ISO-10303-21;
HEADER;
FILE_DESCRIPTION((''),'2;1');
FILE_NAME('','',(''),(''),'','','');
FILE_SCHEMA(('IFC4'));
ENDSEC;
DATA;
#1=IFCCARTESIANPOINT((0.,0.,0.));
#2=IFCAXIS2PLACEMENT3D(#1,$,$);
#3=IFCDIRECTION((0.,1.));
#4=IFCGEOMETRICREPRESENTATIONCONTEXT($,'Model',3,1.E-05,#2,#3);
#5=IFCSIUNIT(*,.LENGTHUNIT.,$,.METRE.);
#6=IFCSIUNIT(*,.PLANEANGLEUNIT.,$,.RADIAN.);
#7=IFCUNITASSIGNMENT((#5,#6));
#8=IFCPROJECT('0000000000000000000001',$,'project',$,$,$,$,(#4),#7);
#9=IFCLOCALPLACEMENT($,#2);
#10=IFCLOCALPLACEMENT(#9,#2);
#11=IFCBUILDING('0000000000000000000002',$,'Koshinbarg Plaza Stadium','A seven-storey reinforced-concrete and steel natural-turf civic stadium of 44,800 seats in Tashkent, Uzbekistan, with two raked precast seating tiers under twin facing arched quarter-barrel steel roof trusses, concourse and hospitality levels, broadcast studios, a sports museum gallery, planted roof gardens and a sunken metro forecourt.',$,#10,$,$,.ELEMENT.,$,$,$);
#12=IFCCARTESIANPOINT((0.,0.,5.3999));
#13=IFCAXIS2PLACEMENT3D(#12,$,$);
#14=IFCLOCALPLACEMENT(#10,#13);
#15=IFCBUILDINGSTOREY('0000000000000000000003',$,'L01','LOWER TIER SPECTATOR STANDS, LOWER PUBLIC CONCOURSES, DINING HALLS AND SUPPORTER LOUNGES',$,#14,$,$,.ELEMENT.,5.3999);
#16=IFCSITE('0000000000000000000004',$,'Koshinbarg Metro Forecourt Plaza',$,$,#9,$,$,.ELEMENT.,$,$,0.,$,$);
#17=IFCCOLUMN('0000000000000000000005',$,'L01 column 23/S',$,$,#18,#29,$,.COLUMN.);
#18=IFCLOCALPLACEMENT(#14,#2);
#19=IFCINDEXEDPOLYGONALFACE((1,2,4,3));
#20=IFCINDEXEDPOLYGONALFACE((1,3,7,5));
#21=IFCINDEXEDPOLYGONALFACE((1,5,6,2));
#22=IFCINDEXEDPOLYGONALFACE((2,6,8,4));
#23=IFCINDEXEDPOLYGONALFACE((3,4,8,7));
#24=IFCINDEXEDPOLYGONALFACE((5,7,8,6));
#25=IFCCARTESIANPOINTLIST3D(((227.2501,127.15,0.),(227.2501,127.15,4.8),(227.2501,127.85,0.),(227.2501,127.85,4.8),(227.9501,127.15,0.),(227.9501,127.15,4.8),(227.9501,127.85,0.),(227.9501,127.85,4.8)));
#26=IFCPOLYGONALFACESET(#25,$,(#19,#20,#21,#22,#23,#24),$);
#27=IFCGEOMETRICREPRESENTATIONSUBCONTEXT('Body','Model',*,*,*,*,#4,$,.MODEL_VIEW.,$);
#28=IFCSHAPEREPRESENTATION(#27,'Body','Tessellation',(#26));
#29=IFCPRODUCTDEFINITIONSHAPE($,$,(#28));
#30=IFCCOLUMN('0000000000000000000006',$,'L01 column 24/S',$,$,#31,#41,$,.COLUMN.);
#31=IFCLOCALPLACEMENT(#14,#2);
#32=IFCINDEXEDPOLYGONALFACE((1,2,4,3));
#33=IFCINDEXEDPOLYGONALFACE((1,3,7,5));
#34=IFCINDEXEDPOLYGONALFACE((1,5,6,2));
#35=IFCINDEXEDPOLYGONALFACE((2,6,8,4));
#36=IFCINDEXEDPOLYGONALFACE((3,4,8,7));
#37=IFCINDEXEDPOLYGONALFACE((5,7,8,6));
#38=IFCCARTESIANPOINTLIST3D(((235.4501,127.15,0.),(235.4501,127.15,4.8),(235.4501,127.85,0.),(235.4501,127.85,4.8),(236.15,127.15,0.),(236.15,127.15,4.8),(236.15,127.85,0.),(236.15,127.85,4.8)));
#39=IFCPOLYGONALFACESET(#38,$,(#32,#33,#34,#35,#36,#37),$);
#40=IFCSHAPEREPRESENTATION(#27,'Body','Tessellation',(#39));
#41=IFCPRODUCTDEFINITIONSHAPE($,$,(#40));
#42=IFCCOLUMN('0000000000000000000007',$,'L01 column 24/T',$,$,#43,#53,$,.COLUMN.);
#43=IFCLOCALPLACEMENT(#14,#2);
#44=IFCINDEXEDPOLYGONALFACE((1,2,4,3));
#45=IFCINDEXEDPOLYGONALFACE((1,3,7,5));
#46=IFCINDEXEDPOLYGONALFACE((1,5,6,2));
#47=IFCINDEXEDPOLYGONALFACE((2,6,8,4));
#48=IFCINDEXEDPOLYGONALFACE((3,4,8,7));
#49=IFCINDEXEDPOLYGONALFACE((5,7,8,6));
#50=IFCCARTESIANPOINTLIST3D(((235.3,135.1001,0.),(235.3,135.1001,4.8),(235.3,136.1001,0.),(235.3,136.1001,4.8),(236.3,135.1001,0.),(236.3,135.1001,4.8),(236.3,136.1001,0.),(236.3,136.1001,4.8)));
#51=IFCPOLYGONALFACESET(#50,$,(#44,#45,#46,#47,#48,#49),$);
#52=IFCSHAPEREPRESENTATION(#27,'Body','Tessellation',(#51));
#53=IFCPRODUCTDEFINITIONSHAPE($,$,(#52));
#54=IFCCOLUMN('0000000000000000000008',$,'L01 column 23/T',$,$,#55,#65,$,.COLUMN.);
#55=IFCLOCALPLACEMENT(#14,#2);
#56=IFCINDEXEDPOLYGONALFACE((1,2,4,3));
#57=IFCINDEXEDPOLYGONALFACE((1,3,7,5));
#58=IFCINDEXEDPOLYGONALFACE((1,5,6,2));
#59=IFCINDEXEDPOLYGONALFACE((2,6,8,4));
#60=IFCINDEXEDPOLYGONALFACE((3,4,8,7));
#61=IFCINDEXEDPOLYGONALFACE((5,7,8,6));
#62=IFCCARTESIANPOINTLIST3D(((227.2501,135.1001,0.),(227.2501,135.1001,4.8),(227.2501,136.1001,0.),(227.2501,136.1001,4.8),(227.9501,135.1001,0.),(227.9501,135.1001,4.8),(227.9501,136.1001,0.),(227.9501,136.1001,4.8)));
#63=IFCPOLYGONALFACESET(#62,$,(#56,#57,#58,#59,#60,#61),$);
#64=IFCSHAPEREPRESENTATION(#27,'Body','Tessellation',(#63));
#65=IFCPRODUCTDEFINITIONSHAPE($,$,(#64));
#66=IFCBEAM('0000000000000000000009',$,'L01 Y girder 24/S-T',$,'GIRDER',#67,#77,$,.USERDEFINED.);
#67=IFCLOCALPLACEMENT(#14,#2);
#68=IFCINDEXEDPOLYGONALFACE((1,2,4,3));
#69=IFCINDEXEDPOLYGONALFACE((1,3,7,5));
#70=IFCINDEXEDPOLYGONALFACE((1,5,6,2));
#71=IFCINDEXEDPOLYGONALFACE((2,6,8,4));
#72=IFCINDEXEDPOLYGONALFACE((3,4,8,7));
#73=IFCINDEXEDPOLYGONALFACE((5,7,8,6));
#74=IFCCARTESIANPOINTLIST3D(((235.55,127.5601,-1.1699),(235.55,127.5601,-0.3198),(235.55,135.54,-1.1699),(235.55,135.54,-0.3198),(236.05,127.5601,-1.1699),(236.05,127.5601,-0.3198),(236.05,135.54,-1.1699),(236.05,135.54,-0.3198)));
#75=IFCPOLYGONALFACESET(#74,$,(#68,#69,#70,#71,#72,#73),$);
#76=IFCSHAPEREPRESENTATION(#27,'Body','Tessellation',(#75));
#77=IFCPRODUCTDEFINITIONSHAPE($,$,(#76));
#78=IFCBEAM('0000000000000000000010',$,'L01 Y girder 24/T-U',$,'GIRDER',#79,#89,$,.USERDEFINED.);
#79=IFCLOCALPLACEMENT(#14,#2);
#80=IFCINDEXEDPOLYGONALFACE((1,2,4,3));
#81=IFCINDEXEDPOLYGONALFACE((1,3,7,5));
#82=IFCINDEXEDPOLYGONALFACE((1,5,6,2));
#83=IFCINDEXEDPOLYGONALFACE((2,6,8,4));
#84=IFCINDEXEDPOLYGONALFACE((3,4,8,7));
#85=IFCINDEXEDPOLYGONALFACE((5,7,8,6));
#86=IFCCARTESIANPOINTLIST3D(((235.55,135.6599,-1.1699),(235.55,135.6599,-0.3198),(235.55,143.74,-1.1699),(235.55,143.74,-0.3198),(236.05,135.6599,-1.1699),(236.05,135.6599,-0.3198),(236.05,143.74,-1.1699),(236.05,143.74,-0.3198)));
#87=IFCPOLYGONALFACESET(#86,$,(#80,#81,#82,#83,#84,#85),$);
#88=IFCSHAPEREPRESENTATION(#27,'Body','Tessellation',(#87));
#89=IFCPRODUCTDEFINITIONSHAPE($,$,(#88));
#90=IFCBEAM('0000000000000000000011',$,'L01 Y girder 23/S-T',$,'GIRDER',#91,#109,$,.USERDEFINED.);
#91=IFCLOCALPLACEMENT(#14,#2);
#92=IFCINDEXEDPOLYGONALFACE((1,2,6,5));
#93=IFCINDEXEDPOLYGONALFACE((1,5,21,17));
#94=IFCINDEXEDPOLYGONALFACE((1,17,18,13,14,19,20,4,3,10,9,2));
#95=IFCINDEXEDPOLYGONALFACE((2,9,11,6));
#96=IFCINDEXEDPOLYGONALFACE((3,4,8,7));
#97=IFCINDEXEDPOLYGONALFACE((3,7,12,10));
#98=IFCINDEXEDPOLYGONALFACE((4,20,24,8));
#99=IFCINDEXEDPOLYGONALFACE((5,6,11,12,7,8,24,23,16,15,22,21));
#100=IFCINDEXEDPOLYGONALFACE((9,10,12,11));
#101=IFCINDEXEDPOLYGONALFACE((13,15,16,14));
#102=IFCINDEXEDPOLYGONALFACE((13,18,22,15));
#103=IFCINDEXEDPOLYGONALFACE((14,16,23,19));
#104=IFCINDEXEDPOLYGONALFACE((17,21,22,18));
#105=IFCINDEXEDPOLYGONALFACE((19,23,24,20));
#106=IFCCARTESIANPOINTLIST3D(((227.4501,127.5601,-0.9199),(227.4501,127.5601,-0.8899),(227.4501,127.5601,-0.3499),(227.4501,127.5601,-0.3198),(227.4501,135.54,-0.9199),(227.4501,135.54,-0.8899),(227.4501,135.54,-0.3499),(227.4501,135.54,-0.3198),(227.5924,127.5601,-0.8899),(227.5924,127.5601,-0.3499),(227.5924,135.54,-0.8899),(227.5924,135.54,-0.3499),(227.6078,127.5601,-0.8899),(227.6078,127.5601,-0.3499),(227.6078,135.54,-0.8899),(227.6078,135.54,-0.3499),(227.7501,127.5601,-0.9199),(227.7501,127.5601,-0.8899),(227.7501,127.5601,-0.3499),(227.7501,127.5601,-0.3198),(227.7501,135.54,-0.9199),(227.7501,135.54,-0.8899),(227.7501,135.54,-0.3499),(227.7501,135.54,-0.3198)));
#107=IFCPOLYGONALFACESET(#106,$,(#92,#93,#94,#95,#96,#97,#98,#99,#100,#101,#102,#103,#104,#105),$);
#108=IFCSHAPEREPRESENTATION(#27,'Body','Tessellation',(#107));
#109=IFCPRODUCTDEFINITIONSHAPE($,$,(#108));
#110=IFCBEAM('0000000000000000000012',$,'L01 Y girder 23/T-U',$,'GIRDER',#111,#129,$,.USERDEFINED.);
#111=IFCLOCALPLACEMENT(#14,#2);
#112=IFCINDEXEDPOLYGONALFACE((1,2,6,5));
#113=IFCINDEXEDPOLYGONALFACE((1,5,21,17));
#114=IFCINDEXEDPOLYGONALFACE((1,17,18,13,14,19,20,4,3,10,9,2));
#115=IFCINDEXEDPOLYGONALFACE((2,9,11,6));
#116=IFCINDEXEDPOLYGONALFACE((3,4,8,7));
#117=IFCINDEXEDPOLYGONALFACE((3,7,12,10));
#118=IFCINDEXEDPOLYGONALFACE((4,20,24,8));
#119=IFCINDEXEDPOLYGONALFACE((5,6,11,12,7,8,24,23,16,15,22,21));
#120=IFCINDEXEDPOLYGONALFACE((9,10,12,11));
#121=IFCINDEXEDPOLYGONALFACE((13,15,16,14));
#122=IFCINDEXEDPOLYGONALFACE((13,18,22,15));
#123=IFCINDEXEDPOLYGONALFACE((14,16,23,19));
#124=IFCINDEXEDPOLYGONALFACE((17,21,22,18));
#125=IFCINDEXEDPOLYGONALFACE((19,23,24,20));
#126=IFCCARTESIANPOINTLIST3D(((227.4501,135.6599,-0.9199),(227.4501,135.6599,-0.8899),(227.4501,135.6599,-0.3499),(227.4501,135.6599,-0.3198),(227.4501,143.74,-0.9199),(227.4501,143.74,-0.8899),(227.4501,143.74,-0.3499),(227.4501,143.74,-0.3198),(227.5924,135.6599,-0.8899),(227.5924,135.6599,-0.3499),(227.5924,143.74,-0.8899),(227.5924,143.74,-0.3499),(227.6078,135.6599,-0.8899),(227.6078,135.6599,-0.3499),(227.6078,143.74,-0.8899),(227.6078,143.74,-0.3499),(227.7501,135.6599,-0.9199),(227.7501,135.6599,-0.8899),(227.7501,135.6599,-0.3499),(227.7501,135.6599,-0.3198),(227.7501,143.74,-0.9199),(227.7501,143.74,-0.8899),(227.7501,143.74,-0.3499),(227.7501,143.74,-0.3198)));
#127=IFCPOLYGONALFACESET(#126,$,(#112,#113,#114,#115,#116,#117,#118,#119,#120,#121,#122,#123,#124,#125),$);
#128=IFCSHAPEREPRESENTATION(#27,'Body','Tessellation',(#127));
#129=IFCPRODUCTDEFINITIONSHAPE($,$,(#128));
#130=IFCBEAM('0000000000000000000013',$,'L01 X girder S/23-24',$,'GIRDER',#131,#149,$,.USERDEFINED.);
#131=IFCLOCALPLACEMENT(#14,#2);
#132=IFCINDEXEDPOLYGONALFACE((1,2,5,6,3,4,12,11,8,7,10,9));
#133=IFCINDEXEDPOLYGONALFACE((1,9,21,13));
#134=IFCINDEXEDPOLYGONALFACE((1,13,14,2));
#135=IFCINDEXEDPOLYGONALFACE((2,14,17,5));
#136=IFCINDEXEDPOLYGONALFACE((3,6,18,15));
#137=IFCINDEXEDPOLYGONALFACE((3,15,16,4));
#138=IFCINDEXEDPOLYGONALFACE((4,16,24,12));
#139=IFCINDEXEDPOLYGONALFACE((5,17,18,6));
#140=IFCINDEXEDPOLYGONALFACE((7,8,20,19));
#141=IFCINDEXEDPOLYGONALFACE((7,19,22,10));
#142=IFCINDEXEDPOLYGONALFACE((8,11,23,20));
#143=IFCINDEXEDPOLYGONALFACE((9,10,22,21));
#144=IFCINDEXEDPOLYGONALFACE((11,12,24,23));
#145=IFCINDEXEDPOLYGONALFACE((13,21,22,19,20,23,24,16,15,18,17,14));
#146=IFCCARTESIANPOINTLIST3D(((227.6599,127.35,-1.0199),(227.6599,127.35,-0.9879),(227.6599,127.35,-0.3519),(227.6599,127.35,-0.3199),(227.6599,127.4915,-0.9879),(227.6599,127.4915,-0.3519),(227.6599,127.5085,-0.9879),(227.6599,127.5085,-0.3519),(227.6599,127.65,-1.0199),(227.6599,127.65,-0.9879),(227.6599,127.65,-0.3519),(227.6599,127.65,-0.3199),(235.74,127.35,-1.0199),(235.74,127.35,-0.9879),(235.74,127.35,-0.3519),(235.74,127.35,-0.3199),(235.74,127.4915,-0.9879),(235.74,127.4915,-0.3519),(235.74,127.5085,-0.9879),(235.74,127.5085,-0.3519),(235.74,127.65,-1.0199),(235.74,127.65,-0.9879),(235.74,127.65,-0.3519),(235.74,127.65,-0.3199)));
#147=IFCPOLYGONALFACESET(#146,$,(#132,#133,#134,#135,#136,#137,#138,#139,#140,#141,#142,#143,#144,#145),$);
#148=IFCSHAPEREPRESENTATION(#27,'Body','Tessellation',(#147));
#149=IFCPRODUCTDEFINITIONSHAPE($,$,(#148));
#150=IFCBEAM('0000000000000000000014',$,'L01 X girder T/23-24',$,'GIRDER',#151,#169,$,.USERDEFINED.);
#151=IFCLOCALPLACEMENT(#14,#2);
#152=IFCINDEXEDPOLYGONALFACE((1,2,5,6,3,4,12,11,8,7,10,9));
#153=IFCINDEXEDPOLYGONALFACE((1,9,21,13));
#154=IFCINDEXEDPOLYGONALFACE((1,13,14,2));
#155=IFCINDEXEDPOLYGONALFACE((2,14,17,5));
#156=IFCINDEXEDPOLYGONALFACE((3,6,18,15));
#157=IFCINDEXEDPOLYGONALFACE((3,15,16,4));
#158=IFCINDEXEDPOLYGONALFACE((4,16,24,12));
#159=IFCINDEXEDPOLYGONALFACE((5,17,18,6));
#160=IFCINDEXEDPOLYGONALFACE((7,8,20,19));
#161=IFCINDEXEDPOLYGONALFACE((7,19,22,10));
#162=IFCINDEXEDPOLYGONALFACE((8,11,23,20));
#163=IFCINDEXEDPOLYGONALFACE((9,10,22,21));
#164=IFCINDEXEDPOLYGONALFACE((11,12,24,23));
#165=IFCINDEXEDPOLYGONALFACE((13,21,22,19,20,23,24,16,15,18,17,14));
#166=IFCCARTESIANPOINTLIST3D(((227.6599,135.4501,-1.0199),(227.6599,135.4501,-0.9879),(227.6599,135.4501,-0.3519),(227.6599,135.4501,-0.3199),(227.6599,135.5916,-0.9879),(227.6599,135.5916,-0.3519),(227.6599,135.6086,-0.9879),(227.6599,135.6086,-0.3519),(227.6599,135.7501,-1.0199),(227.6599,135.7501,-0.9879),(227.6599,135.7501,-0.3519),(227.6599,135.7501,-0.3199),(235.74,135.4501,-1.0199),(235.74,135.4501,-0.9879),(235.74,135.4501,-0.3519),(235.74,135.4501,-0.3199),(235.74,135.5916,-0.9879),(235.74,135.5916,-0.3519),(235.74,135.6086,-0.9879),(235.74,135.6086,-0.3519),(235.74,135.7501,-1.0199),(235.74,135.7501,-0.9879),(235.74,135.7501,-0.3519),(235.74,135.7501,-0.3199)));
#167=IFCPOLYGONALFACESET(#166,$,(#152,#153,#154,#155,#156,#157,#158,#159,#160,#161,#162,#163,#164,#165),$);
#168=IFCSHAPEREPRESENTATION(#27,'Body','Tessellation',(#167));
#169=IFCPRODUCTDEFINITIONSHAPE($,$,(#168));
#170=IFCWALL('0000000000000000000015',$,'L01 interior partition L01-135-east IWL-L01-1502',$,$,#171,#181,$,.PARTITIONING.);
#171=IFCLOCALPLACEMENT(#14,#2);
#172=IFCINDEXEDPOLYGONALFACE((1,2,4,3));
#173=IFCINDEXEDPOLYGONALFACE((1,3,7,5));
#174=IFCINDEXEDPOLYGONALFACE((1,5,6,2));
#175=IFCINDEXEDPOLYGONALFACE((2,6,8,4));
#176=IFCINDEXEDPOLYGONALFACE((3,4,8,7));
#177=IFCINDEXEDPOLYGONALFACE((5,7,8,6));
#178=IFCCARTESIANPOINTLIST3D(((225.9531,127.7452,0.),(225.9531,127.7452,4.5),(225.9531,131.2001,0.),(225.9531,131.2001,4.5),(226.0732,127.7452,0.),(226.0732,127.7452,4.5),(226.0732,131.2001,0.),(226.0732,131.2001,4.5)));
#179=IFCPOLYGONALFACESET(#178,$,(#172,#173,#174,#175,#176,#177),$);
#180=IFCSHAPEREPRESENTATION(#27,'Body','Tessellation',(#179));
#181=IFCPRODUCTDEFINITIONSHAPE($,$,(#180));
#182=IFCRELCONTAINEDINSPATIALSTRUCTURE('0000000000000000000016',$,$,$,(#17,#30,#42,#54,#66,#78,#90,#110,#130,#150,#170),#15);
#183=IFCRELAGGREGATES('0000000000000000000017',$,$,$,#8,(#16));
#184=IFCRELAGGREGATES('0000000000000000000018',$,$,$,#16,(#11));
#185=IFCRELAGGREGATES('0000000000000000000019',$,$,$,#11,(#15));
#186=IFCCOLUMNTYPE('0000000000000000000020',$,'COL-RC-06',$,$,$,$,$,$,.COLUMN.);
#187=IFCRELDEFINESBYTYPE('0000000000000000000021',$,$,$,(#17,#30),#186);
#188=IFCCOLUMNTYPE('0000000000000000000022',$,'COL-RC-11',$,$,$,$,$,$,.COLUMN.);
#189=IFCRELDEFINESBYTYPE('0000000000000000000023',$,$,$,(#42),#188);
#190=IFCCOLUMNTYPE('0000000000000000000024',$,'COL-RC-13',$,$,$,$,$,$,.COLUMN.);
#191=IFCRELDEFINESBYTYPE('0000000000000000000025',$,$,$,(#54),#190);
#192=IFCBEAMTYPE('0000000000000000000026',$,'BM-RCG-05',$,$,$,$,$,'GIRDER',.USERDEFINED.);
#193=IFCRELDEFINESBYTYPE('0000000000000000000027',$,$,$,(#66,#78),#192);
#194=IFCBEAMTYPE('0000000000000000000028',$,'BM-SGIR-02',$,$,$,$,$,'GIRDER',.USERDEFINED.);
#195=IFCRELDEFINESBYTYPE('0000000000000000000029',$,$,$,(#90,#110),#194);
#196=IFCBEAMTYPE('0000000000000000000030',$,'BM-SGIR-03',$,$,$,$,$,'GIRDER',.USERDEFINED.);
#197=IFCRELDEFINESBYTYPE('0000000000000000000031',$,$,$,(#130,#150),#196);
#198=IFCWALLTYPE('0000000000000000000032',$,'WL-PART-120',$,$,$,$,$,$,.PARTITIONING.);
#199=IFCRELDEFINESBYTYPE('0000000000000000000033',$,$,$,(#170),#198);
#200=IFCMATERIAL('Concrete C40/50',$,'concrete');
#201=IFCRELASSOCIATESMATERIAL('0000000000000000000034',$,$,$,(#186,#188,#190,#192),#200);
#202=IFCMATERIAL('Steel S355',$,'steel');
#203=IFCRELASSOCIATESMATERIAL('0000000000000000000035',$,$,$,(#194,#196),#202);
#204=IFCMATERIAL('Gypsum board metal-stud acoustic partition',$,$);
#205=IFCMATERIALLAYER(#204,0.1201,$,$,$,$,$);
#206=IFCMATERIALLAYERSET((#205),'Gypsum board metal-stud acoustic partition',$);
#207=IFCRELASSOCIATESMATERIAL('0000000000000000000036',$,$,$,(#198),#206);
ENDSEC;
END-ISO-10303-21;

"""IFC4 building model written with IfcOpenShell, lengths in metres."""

from ifc_helpers import new_model, si_unit, direction, frame, frame_2d, origin, origin_2d, place, context, subcontext, project, spatial, rectangle, i_section, extrude, material, layer, layer_set, material_profile, profile_set, type_object, element, save


model = new_model("IFC4")

# Units and contexts
model_context = context("Model", 3, precision=1e-05, world=origin(), true_north=direction((0.0, 1.0)))
body_context = subcontext(model_context, "Body", "Model", "MODEL_VIEW")
ifc_project = project(units=[si_unit("LENGTHUNIT", "METRE"), si_unit("PLANEANGLEUNIT", "RADIAN")], contexts=[model_context])

# Site, building, storey
site_placement = place(None, origin())
site = spatial("IfcSite", under=ifc_project, at=site_placement, Name="Koshinbarg Metro Forecourt Plaza", CompositionType="ELEMENT", RefElevation=0.0)
building_placement = place(site_placement, origin())
building = spatial("IfcBuilding", under=site, at=building_placement, Name="Koshinbarg Plaza Stadium", Description="A seven-storey reinforced-concrete and steel natural-turf civic stadium of 44,800 seats in Tashkent, Uzbekistan, with two raked precast seating tiers under twin facing arched quarter-barrel steel roof trusses, concourse and hospitality levels, broadcast studios, a sports museum gallery, planted roof gardens and a sunken metro forecourt.", CompositionType="ELEMENT")
storey_placement = place(building_placement, frame((0.0, 0.0, 5.3999)))
storey = spatial("IfcBuildingStorey", under=building, at=storey_placement, Name="L01", Description="LOWER TIER SPECTATOR STANDS, LOWER PUBLIC CONCOURSES, DINING HALLS AND SUPPORTER LOUNGES", CompositionType="ELEMENT", Elevation=5.3999)

# Columns
ifc_material_1 = material(Name="Concrete C40/50", Category="concrete")
ifc_material_profile_1 = material_profile(ifc_material_1, rectangle(XDim=0.7, YDim=0.7, at=origin_2d()), Name="RC 700x700")
ifc_profile_set_1 = profile_set([ifc_material_profile_1], Name="Concrete C40/50")
column_type_1 = type_object("IfcColumnType", Name="COL-RC-06", PredefinedType="COLUMN", material=ifc_profile_set_1)
for number, where, z_axis, x_axis, name in (
    (1, (227.6001, 127.5, 0.0), (0.0, 0.0, 1.0), (1.0, 0.0, 0.0), "L01 column 23/S"),
    (2, (235.8, 127.5, 0.0), (0.0, 0.0, 1.0), (1.0, 0.0, 0.0), "L01 column 24/S"),
):
    element("IfcColumn", number, at=place(storey_placement, frame(where, z_axis=z_axis, x_axis=x_axis)), inside=storey, type_object=column_type_1, Name=name, PredefinedType="COLUMN", context=body_context, shape_type="SweptSolid", body=[
        extrude(rectangle(XDim=0.7, YDim=0.7, at=origin_2d()), origin(), (0.0, 0.0, 1.0), 4.8),
    ])
ifc_material_profile_2 = material_profile(ifc_material_1, rectangle(XDim=1.0, YDim=1.0, at=origin_2d()), Name="RC 1000x1000")
ifc_profile_set_2 = profile_set([ifc_material_profile_2], Name="Concrete C40/50")
column_type_2 = type_object("IfcColumnType", Name="COL-RC-11", PredefinedType="COLUMN", material=ifc_profile_set_2)
column_1_placement = place(storey_placement, frame((235.8, 135.6001, 0.0), z_axis=(0.0, 0.0, 1.0), x_axis=(1.0, 0.0, 0.0)))
element("IfcColumn", 3, at=column_1_placement, inside=storey, type_object=column_type_2, Name="L01 column 24/T", PredefinedType="COLUMN", context=body_context, shape_type="SweptSolid", body=[
    extrude(rectangle(XDim=1.0, YDim=1.0, at=origin_2d()), origin(), (0.0, 0.0, 1.0), 4.8),
])
ifc_material_profile_3 = material_profile(ifc_material_1, rectangle(XDim=0.7, YDim=1.0, at=origin_2d()), Name="RC 700x1000")
ifc_profile_set_3 = profile_set([ifc_material_profile_3], Name="Concrete C40/50")
column_type_3 = type_object("IfcColumnType", Name="COL-RC-13", PredefinedType="COLUMN", material=ifc_profile_set_3)
column_2_placement = place(storey_placement, frame((227.6001, 135.6001, 0.0), z_axis=(0.0, 0.0, 1.0), x_axis=(1.0, 0.0, 0.0)))
element("IfcColumn", 4, at=column_2_placement, inside=storey, type_object=column_type_3, Name="L01 column 23/T", PredefinedType="COLUMN", context=body_context, shape_type="SweptSolid", body=[
    extrude(rectangle(XDim=0.7, YDim=1.0, at=origin_2d()), origin(), (0.0, 0.0, 1.0), 4.8),
])

# Beams
ifc_material_profile_4 = material_profile(ifc_material_1, rectangle(XDim=0.5, YDim=0.8501, at=origin_2d()), Name="RC 500x850")
ifc_profile_set_4 = profile_set([ifc_material_profile_4], Name="Concrete C40/50")
beam_type_1 = type_object("IfcBeamType", Name="BM-RCG-05", ElementType="GIRDER", PredefinedType="USERDEFINED", material=ifc_profile_set_4)
beam_1_placement = place(storey_placement, frame((235.8, 127.5601, -0.7449), z_axis=(0.0, 1.0, 0.0), x_axis=(-1.0, 0.0, 0.0)))
element("IfcBeam", 5, at=beam_1_placement, inside=storey, type_object=beam_type_1, Name="L01 Y girder 24/S-T", ObjectType="GIRDER", PredefinedType="USERDEFINED", context=body_context, shape_type="SweptSolid", body=[
    extrude(rectangle(XDim=0.5, YDim=0.8501, at=origin_2d()), origin(), (0.0, 0.0, 1.0), 7.98),
])
beam_2_placement = place(storey_placement, frame((235.8, 135.6599, -0.7449), z_axis=(0.0, 1.0, 0.0), x_axis=(-1.0, 0.0, 0.0)))
element("IfcBeam", 6, at=beam_2_placement, inside=storey, type_object=beam_type_1, Name="L01 Y girder 24/T-U", ObjectType="GIRDER", PredefinedType="USERDEFINED", context=body_context, shape_type="SweptSolid", body=[
    extrude(rectangle(XDim=0.5, YDim=0.8501, at=origin_2d()), origin(), (0.0, 0.0, 1.0), 8.0801),
])
ifc_material_2 = material(Name="Steel S355", Category="steel")
ifc_material_profile_5 = material_profile(ifc_material_2, i_section(OverallWidth=0.3, OverallDepth=0.6001, WebThickness=0.0154, FlangeThickness=0.03, at=origin_2d()), Name="HEB 600")
ifc_profile_set_5 = profile_set([ifc_material_profile_5], Name="Steel S355")
beam_type_2 = type_object("IfcBeamType", Name="BM-SGIR-02", ElementType="GIRDER", PredefinedType="USERDEFINED", material=ifc_profile_set_5)
beam_3_placement = place(storey_placement, frame((227.6001, 127.5601, -0.6199), z_axis=(0.0, 1.0, 0.0), x_axis=(-1.0, 0.0, 0.0)))
element("IfcBeam", 7, at=beam_3_placement, inside=storey, type_object=beam_type_2, Name="L01 Y girder 23/S-T", ObjectType="GIRDER", PredefinedType="USERDEFINED", context=body_context, shape_type="SweptSolid", body=[
    extrude(i_section(OverallWidth=0.3, OverallDepth=0.6001, WebThickness=0.0154, FlangeThickness=0.03, at=origin_2d()), origin(), (0.0, 0.0, 1.0), 7.98),
])
beam_4_placement = place(storey_placement, frame((227.6001, 135.6599, -0.6199), z_axis=(0.0, 1.0, 0.0), x_axis=(-1.0, 0.0, 0.0)))
element("IfcBeam", 8, at=beam_4_placement, inside=storey, type_object=beam_type_2, Name="L01 Y girder 23/T-U", ObjectType="GIRDER", PredefinedType="USERDEFINED", context=body_context, shape_type="SweptSolid", body=[
    extrude(i_section(OverallWidth=0.3, OverallDepth=0.6001, WebThickness=0.0154, FlangeThickness=0.03, at=origin_2d()), origin(), (0.0, 0.0, 1.0), 8.0801),
])
ifc_material_profile_6 = material_profile(ifc_material_2, i_section(OverallWidth=0.3, OverallDepth=0.7, WebThickness=0.0171, FlangeThickness=0.032, at=origin_2d()), Name="HEB 700")
ifc_profile_set_6 = profile_set([ifc_material_profile_6], Name="Steel S355")
beam_type_3 = type_object("IfcBeamType", Name="BM-SGIR-03", ElementType="GIRDER", PredefinedType="USERDEFINED", material=ifc_profile_set_6)
for number, where, z_axis, x_axis, name in (
    (9, (227.6599, 127.5, -0.6699), (1.0, 0.0, 0.0), (0.0, 1.0, 0.0), "L01 X girder S/23-24"),
    (10, (227.6599, 135.6001, -0.6699), (1.0, 0.0, 0.0), (0.0, 1.0, 0.0), "L01 X girder T/23-24"),
):
    element("IfcBeam", number, at=place(storey_placement, frame(where, z_axis=z_axis, x_axis=x_axis)), inside=storey, type_object=beam_type_3, Name=name, ObjectType="GIRDER", PredefinedType="USERDEFINED", context=body_context, shape_type="SweptSolid", body=[
        extrude(i_section(OverallWidth=0.3, OverallDepth=0.7, WebThickness=0.0171, FlangeThickness=0.032, at=origin_2d()), origin(), (0.0, 0.0, 1.0), 8.0801),
    ])

# Wall
ifc_material_3 = material(Name="Gypsum board metal-stud acoustic partition")
ifc_layer = layer(ifc_material_3, 0.1201)
ifc_layer_set = layer_set([ifc_layer], Name="Gypsum board metal-stud acoustic partition")
wall_type = type_object("IfcWallType", Name="WL-PART-120", PredefinedType="PARTITIONING", material=ifc_layer_set)
wall_1_placement = place(storey_placement, frame((226.0132, 127.7451, 0.0), z_axis=(0.0, 0.0, 1.0), x_axis=(0.0, 1.0, 0.0)))
element("IfcWall", 11, at=wall_1_placement, inside=storey, type_object=wall_type, Name="L01 interior partition L01-135-east IWL-L01-1502", PredefinedType="PARTITIONING", context=body_context, shape_type="SweptSolid", body=[
    extrude(rectangle(XDim=3.4548, YDim=0.1201, at=frame_2d((1.7275, 0.0))), origin(), (0.0, 0.0, 1.0), 4.5),
])

save(model, "model.ifc")
